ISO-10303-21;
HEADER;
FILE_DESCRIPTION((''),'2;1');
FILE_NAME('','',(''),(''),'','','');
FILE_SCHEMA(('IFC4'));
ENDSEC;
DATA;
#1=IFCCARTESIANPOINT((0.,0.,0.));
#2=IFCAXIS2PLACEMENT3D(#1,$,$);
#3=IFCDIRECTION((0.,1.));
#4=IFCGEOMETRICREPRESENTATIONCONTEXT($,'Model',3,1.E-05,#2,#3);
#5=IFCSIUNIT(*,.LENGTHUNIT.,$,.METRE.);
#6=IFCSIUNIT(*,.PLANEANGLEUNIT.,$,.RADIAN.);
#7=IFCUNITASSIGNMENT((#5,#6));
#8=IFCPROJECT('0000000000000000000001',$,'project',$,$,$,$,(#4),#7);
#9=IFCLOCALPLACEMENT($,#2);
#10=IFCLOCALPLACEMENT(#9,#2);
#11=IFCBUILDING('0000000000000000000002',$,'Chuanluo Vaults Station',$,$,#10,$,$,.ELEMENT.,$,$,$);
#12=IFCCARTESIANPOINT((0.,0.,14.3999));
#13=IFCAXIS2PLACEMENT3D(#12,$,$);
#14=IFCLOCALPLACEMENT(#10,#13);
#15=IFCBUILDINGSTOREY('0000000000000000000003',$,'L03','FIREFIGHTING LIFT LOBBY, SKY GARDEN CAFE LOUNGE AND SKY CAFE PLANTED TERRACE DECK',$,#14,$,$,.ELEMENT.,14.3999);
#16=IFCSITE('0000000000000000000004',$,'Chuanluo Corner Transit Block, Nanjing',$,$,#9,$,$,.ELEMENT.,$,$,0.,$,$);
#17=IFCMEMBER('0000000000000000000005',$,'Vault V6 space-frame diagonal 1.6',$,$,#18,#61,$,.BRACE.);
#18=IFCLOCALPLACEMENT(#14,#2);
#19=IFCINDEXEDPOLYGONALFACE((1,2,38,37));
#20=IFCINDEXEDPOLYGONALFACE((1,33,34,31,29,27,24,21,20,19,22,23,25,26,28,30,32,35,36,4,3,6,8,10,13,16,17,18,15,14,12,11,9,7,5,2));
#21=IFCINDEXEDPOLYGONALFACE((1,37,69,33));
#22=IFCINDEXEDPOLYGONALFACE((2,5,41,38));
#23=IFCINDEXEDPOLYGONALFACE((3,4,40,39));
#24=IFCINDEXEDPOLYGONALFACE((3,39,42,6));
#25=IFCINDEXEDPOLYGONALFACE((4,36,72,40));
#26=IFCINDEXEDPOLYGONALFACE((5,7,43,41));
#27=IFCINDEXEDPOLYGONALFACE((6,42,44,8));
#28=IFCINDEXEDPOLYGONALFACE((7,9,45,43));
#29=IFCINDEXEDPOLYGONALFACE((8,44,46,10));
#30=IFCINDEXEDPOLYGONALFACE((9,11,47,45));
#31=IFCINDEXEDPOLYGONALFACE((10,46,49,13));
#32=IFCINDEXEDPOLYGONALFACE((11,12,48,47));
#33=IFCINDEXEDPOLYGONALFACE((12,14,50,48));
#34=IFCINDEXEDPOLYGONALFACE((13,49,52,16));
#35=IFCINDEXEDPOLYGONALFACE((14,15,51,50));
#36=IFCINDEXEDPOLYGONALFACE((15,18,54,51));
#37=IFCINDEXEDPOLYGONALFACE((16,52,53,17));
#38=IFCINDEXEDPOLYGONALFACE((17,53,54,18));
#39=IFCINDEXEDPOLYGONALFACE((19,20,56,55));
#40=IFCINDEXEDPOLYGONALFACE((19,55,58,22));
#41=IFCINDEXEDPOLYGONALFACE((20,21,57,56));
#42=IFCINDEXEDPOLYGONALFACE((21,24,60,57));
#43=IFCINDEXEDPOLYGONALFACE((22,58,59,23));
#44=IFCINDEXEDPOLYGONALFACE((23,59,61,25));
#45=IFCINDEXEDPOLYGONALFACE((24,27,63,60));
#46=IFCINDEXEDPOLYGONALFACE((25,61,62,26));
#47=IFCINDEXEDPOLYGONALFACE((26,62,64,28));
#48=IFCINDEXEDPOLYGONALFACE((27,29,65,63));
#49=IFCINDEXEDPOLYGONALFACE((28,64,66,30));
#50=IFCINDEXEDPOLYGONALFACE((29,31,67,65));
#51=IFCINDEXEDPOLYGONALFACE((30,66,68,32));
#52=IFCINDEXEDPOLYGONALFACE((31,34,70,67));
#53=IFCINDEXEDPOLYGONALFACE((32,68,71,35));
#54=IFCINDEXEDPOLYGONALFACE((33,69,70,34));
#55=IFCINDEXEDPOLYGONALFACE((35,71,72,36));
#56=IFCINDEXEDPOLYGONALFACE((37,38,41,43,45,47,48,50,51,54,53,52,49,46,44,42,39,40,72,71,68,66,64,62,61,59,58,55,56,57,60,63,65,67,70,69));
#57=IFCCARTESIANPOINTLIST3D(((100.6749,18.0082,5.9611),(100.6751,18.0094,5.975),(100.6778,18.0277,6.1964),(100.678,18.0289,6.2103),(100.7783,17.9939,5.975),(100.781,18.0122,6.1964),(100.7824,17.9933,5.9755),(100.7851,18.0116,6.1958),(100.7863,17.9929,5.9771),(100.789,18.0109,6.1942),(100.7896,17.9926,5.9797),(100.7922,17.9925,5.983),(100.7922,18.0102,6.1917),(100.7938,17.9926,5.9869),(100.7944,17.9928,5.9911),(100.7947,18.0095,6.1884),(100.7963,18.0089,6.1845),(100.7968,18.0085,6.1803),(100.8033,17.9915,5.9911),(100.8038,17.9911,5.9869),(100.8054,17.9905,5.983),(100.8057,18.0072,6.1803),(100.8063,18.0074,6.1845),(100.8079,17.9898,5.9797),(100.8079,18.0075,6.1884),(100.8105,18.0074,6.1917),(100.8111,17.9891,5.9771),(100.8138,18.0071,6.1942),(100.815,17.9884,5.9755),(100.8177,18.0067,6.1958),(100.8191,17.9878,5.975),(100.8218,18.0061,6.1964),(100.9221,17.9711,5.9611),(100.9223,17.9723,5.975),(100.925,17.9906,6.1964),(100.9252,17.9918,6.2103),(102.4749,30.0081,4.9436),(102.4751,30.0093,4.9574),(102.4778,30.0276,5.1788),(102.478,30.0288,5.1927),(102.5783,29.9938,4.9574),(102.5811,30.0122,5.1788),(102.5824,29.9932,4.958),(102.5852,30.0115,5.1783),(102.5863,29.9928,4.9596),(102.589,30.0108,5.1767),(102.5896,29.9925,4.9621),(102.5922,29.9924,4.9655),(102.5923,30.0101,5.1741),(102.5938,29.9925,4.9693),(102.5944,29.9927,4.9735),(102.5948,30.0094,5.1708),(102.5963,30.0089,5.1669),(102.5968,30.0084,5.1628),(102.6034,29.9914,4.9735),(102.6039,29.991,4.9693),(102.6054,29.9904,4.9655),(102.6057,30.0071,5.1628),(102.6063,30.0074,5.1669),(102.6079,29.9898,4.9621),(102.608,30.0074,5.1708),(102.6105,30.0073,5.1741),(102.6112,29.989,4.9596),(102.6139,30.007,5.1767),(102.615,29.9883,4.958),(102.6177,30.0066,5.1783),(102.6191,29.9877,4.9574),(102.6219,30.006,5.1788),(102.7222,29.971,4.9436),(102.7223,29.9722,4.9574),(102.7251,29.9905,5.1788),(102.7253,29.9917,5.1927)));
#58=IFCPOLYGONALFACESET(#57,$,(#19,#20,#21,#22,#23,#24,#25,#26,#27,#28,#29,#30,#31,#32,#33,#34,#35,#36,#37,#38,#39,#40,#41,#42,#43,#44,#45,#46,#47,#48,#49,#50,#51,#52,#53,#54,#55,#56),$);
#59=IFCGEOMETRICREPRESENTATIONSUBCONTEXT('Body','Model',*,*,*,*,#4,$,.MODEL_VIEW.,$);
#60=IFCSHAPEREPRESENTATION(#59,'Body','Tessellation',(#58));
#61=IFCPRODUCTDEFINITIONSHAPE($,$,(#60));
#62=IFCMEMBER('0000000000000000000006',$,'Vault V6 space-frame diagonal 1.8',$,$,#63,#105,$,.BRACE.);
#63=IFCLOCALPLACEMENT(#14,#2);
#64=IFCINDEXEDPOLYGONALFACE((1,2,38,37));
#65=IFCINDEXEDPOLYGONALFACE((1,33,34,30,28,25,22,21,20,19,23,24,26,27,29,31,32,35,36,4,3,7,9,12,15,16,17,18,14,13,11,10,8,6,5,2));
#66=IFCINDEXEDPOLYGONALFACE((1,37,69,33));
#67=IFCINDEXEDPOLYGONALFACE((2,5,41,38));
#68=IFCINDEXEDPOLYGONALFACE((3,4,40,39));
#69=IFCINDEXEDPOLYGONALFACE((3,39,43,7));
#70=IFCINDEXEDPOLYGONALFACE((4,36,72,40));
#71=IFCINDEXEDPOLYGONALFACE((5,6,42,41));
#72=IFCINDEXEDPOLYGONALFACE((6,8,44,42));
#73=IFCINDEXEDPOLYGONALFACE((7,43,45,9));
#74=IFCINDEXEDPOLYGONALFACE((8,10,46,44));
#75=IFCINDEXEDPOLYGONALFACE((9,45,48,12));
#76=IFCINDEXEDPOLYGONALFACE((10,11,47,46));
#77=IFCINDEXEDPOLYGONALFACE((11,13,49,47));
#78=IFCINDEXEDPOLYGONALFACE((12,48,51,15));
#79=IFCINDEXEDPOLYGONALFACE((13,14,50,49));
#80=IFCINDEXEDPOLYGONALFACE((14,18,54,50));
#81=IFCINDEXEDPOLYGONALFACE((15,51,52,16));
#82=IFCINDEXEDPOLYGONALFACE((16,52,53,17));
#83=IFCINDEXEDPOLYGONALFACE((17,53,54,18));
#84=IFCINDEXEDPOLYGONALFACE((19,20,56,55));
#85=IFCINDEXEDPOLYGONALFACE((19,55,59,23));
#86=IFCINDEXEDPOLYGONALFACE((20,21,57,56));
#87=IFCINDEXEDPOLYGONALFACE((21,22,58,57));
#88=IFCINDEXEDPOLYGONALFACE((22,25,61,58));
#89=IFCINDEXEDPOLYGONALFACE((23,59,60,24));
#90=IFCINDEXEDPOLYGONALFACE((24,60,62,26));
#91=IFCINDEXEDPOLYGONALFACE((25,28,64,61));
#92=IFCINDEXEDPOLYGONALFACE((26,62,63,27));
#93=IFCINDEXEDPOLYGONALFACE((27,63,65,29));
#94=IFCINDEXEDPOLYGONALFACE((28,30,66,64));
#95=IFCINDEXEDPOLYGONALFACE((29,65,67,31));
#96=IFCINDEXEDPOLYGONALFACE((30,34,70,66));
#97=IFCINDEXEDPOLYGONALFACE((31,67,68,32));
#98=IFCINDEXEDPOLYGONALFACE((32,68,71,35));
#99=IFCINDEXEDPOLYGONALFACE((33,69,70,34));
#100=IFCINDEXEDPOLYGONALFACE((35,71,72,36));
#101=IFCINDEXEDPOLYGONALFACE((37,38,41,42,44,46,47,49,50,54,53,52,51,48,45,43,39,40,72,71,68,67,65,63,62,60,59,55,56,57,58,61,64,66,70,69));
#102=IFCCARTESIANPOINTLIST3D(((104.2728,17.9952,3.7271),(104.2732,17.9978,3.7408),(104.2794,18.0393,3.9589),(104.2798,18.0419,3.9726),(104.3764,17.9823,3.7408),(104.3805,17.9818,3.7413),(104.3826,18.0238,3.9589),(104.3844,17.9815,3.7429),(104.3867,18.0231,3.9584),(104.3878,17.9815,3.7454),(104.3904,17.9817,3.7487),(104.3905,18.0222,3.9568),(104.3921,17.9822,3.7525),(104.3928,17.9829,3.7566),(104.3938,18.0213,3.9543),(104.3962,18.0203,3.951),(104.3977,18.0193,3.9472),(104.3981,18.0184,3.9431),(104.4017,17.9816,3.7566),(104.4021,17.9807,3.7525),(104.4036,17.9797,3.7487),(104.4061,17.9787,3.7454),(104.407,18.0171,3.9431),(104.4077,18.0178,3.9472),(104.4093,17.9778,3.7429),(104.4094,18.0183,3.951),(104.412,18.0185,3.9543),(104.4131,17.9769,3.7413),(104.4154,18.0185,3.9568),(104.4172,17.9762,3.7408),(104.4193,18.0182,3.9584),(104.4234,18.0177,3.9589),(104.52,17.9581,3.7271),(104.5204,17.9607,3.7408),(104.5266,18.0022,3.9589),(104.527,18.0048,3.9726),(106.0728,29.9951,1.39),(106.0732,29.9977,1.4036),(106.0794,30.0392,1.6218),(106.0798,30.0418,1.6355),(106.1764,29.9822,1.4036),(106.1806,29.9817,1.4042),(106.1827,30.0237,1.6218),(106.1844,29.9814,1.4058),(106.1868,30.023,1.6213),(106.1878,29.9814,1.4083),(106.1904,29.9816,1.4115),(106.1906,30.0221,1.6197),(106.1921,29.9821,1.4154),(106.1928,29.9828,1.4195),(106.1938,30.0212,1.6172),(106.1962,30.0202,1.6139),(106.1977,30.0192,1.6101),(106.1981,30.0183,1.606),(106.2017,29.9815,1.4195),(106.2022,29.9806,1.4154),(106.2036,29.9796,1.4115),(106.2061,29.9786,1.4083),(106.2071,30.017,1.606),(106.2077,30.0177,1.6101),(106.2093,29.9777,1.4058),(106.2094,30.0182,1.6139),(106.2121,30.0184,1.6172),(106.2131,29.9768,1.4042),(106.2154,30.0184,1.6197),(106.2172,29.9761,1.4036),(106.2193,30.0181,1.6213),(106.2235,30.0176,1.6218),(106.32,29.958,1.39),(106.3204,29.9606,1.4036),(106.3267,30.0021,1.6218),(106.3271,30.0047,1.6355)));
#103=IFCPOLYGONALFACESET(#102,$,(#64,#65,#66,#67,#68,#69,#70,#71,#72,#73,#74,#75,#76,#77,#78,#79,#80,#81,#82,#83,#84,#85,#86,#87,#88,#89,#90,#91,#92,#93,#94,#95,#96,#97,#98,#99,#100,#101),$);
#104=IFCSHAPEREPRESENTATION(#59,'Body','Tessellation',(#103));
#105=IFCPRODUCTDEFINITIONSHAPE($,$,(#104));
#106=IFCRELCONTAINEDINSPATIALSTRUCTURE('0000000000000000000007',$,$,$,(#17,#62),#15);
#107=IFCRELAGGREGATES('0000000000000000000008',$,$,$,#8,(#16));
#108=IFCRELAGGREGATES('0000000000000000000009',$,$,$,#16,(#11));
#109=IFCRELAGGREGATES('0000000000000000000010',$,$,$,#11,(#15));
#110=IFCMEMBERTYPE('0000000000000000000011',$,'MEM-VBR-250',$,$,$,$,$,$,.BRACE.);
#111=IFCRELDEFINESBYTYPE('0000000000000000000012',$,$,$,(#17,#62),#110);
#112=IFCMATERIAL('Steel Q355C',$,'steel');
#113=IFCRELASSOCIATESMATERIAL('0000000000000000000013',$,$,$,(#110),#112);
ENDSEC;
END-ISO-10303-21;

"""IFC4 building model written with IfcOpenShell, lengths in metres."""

from ifc_helpers import new_model, si_unit, direction, frame, origin, origin_2d, place, context, subcontext, project, spatial, i_section, extrude, material, material_profile, profile_set, type_object, element, save


model = new_model("IFC4")

# Units and contexts
model_context = context("Model", 3, precision=1e-05, world=origin(), true_north=direction((0.0, 1.0)))
body_context = subcontext(model_context, "Body", "Model", "MODEL_VIEW")
ifc_project = project(units=[si_unit("LENGTHUNIT", "METRE"), si_unit("PLANEANGLEUNIT", "RADIAN")], contexts=[model_context])

# Site, building, storey
site_placement = place(None, origin())
site = spatial("IfcSite", under=ifc_project, at=site_placement, Name="Chuanluo Corner Transit Block, Nanjing", CompositionType="ELEMENT", RefElevation=0.0)
building_placement = place(site_placement, origin())
building = spatial("IfcBuilding", under=site, at=building_placement, Name="Chuanluo Vaults Station", CompositionType="ELEMENT")
storey_placement = place(building_placement, frame((0.0, 0.0, 14.3999)))
storey = spatial("IfcBuildingStorey", under=building, at=storey_placement, Name="L03", Description="FIREFIGHTING LIFT LOBBY, SKY GARDEN CAFE LOUNGE AND SKY CAFE PLANTED TERRACE DECK", CompositionType="ELEMENT", Elevation=14.3999)

# Members
ifc_material_1 = material(Name="Steel Q355C", Category="steel")
ifc_material_profile_1 = material_profile(ifc_material_1, i_section(OverallWidth=0.25, OverallDepth=0.25, WebThickness=0.009, FlangeThickness=0.0139, FilletRadius=0.0161, at=origin_2d()))
ifc_profile_set_1 = profile_set([ifc_material_profile_1], Name="Steel Q355C")
member_type_1 = type_object("IfcMemberType", Name="MEM-VBR-250", PredefinedType="BRACE", material=ifc_profile_set_1)
member_1_placement = place(storey_placement, frame((100.8, 18.0, 6.0857), z_axis=(0.147826, 0.985477, -0.083567), x_axis=(-0.988936, 0.148344, 0.0)))
element("IfcMember", 1, at=member_1_placement, inside=storey, type_object=member_type_1, Name="Vault V6 space-frame diagonal 1.6", PredefinedType="BRACE", context=body_context, shape_type="SweptSolid", body=[
    extrude(i_section(OverallWidth=0.25, OverallDepth=0.25, WebThickness=0.009, FlangeThickness=0.0139, FilletRadius=0.0161, at=origin_2d()), origin(), (0.0, 0.0, 1.0), 12.1768),
])
member_2_placement = place(storey_placement, frame((104.3999, 18.0, 3.8499), z_axis=(0.145667, 0.971087, -0.189132), x_axis=(-0.988936, 0.148344, 0.0)))
element("IfcMember", 2, at=member_2_placement, inside=storey, type_object=member_type_1, Name="Vault V6 space-frame diagonal 1.8", PredefinedType="BRACE", context=body_context, shape_type="SweptSolid", body=[
    extrude(i_section(OverallWidth=0.25, OverallDepth=0.25, WebThickness=0.009, FlangeThickness=0.0139, FilletRadius=0.0161, at=origin_2d()), origin(), (0.0, 0.0, 1.0), 12.3572),
])

save(model, "model.ifc")
